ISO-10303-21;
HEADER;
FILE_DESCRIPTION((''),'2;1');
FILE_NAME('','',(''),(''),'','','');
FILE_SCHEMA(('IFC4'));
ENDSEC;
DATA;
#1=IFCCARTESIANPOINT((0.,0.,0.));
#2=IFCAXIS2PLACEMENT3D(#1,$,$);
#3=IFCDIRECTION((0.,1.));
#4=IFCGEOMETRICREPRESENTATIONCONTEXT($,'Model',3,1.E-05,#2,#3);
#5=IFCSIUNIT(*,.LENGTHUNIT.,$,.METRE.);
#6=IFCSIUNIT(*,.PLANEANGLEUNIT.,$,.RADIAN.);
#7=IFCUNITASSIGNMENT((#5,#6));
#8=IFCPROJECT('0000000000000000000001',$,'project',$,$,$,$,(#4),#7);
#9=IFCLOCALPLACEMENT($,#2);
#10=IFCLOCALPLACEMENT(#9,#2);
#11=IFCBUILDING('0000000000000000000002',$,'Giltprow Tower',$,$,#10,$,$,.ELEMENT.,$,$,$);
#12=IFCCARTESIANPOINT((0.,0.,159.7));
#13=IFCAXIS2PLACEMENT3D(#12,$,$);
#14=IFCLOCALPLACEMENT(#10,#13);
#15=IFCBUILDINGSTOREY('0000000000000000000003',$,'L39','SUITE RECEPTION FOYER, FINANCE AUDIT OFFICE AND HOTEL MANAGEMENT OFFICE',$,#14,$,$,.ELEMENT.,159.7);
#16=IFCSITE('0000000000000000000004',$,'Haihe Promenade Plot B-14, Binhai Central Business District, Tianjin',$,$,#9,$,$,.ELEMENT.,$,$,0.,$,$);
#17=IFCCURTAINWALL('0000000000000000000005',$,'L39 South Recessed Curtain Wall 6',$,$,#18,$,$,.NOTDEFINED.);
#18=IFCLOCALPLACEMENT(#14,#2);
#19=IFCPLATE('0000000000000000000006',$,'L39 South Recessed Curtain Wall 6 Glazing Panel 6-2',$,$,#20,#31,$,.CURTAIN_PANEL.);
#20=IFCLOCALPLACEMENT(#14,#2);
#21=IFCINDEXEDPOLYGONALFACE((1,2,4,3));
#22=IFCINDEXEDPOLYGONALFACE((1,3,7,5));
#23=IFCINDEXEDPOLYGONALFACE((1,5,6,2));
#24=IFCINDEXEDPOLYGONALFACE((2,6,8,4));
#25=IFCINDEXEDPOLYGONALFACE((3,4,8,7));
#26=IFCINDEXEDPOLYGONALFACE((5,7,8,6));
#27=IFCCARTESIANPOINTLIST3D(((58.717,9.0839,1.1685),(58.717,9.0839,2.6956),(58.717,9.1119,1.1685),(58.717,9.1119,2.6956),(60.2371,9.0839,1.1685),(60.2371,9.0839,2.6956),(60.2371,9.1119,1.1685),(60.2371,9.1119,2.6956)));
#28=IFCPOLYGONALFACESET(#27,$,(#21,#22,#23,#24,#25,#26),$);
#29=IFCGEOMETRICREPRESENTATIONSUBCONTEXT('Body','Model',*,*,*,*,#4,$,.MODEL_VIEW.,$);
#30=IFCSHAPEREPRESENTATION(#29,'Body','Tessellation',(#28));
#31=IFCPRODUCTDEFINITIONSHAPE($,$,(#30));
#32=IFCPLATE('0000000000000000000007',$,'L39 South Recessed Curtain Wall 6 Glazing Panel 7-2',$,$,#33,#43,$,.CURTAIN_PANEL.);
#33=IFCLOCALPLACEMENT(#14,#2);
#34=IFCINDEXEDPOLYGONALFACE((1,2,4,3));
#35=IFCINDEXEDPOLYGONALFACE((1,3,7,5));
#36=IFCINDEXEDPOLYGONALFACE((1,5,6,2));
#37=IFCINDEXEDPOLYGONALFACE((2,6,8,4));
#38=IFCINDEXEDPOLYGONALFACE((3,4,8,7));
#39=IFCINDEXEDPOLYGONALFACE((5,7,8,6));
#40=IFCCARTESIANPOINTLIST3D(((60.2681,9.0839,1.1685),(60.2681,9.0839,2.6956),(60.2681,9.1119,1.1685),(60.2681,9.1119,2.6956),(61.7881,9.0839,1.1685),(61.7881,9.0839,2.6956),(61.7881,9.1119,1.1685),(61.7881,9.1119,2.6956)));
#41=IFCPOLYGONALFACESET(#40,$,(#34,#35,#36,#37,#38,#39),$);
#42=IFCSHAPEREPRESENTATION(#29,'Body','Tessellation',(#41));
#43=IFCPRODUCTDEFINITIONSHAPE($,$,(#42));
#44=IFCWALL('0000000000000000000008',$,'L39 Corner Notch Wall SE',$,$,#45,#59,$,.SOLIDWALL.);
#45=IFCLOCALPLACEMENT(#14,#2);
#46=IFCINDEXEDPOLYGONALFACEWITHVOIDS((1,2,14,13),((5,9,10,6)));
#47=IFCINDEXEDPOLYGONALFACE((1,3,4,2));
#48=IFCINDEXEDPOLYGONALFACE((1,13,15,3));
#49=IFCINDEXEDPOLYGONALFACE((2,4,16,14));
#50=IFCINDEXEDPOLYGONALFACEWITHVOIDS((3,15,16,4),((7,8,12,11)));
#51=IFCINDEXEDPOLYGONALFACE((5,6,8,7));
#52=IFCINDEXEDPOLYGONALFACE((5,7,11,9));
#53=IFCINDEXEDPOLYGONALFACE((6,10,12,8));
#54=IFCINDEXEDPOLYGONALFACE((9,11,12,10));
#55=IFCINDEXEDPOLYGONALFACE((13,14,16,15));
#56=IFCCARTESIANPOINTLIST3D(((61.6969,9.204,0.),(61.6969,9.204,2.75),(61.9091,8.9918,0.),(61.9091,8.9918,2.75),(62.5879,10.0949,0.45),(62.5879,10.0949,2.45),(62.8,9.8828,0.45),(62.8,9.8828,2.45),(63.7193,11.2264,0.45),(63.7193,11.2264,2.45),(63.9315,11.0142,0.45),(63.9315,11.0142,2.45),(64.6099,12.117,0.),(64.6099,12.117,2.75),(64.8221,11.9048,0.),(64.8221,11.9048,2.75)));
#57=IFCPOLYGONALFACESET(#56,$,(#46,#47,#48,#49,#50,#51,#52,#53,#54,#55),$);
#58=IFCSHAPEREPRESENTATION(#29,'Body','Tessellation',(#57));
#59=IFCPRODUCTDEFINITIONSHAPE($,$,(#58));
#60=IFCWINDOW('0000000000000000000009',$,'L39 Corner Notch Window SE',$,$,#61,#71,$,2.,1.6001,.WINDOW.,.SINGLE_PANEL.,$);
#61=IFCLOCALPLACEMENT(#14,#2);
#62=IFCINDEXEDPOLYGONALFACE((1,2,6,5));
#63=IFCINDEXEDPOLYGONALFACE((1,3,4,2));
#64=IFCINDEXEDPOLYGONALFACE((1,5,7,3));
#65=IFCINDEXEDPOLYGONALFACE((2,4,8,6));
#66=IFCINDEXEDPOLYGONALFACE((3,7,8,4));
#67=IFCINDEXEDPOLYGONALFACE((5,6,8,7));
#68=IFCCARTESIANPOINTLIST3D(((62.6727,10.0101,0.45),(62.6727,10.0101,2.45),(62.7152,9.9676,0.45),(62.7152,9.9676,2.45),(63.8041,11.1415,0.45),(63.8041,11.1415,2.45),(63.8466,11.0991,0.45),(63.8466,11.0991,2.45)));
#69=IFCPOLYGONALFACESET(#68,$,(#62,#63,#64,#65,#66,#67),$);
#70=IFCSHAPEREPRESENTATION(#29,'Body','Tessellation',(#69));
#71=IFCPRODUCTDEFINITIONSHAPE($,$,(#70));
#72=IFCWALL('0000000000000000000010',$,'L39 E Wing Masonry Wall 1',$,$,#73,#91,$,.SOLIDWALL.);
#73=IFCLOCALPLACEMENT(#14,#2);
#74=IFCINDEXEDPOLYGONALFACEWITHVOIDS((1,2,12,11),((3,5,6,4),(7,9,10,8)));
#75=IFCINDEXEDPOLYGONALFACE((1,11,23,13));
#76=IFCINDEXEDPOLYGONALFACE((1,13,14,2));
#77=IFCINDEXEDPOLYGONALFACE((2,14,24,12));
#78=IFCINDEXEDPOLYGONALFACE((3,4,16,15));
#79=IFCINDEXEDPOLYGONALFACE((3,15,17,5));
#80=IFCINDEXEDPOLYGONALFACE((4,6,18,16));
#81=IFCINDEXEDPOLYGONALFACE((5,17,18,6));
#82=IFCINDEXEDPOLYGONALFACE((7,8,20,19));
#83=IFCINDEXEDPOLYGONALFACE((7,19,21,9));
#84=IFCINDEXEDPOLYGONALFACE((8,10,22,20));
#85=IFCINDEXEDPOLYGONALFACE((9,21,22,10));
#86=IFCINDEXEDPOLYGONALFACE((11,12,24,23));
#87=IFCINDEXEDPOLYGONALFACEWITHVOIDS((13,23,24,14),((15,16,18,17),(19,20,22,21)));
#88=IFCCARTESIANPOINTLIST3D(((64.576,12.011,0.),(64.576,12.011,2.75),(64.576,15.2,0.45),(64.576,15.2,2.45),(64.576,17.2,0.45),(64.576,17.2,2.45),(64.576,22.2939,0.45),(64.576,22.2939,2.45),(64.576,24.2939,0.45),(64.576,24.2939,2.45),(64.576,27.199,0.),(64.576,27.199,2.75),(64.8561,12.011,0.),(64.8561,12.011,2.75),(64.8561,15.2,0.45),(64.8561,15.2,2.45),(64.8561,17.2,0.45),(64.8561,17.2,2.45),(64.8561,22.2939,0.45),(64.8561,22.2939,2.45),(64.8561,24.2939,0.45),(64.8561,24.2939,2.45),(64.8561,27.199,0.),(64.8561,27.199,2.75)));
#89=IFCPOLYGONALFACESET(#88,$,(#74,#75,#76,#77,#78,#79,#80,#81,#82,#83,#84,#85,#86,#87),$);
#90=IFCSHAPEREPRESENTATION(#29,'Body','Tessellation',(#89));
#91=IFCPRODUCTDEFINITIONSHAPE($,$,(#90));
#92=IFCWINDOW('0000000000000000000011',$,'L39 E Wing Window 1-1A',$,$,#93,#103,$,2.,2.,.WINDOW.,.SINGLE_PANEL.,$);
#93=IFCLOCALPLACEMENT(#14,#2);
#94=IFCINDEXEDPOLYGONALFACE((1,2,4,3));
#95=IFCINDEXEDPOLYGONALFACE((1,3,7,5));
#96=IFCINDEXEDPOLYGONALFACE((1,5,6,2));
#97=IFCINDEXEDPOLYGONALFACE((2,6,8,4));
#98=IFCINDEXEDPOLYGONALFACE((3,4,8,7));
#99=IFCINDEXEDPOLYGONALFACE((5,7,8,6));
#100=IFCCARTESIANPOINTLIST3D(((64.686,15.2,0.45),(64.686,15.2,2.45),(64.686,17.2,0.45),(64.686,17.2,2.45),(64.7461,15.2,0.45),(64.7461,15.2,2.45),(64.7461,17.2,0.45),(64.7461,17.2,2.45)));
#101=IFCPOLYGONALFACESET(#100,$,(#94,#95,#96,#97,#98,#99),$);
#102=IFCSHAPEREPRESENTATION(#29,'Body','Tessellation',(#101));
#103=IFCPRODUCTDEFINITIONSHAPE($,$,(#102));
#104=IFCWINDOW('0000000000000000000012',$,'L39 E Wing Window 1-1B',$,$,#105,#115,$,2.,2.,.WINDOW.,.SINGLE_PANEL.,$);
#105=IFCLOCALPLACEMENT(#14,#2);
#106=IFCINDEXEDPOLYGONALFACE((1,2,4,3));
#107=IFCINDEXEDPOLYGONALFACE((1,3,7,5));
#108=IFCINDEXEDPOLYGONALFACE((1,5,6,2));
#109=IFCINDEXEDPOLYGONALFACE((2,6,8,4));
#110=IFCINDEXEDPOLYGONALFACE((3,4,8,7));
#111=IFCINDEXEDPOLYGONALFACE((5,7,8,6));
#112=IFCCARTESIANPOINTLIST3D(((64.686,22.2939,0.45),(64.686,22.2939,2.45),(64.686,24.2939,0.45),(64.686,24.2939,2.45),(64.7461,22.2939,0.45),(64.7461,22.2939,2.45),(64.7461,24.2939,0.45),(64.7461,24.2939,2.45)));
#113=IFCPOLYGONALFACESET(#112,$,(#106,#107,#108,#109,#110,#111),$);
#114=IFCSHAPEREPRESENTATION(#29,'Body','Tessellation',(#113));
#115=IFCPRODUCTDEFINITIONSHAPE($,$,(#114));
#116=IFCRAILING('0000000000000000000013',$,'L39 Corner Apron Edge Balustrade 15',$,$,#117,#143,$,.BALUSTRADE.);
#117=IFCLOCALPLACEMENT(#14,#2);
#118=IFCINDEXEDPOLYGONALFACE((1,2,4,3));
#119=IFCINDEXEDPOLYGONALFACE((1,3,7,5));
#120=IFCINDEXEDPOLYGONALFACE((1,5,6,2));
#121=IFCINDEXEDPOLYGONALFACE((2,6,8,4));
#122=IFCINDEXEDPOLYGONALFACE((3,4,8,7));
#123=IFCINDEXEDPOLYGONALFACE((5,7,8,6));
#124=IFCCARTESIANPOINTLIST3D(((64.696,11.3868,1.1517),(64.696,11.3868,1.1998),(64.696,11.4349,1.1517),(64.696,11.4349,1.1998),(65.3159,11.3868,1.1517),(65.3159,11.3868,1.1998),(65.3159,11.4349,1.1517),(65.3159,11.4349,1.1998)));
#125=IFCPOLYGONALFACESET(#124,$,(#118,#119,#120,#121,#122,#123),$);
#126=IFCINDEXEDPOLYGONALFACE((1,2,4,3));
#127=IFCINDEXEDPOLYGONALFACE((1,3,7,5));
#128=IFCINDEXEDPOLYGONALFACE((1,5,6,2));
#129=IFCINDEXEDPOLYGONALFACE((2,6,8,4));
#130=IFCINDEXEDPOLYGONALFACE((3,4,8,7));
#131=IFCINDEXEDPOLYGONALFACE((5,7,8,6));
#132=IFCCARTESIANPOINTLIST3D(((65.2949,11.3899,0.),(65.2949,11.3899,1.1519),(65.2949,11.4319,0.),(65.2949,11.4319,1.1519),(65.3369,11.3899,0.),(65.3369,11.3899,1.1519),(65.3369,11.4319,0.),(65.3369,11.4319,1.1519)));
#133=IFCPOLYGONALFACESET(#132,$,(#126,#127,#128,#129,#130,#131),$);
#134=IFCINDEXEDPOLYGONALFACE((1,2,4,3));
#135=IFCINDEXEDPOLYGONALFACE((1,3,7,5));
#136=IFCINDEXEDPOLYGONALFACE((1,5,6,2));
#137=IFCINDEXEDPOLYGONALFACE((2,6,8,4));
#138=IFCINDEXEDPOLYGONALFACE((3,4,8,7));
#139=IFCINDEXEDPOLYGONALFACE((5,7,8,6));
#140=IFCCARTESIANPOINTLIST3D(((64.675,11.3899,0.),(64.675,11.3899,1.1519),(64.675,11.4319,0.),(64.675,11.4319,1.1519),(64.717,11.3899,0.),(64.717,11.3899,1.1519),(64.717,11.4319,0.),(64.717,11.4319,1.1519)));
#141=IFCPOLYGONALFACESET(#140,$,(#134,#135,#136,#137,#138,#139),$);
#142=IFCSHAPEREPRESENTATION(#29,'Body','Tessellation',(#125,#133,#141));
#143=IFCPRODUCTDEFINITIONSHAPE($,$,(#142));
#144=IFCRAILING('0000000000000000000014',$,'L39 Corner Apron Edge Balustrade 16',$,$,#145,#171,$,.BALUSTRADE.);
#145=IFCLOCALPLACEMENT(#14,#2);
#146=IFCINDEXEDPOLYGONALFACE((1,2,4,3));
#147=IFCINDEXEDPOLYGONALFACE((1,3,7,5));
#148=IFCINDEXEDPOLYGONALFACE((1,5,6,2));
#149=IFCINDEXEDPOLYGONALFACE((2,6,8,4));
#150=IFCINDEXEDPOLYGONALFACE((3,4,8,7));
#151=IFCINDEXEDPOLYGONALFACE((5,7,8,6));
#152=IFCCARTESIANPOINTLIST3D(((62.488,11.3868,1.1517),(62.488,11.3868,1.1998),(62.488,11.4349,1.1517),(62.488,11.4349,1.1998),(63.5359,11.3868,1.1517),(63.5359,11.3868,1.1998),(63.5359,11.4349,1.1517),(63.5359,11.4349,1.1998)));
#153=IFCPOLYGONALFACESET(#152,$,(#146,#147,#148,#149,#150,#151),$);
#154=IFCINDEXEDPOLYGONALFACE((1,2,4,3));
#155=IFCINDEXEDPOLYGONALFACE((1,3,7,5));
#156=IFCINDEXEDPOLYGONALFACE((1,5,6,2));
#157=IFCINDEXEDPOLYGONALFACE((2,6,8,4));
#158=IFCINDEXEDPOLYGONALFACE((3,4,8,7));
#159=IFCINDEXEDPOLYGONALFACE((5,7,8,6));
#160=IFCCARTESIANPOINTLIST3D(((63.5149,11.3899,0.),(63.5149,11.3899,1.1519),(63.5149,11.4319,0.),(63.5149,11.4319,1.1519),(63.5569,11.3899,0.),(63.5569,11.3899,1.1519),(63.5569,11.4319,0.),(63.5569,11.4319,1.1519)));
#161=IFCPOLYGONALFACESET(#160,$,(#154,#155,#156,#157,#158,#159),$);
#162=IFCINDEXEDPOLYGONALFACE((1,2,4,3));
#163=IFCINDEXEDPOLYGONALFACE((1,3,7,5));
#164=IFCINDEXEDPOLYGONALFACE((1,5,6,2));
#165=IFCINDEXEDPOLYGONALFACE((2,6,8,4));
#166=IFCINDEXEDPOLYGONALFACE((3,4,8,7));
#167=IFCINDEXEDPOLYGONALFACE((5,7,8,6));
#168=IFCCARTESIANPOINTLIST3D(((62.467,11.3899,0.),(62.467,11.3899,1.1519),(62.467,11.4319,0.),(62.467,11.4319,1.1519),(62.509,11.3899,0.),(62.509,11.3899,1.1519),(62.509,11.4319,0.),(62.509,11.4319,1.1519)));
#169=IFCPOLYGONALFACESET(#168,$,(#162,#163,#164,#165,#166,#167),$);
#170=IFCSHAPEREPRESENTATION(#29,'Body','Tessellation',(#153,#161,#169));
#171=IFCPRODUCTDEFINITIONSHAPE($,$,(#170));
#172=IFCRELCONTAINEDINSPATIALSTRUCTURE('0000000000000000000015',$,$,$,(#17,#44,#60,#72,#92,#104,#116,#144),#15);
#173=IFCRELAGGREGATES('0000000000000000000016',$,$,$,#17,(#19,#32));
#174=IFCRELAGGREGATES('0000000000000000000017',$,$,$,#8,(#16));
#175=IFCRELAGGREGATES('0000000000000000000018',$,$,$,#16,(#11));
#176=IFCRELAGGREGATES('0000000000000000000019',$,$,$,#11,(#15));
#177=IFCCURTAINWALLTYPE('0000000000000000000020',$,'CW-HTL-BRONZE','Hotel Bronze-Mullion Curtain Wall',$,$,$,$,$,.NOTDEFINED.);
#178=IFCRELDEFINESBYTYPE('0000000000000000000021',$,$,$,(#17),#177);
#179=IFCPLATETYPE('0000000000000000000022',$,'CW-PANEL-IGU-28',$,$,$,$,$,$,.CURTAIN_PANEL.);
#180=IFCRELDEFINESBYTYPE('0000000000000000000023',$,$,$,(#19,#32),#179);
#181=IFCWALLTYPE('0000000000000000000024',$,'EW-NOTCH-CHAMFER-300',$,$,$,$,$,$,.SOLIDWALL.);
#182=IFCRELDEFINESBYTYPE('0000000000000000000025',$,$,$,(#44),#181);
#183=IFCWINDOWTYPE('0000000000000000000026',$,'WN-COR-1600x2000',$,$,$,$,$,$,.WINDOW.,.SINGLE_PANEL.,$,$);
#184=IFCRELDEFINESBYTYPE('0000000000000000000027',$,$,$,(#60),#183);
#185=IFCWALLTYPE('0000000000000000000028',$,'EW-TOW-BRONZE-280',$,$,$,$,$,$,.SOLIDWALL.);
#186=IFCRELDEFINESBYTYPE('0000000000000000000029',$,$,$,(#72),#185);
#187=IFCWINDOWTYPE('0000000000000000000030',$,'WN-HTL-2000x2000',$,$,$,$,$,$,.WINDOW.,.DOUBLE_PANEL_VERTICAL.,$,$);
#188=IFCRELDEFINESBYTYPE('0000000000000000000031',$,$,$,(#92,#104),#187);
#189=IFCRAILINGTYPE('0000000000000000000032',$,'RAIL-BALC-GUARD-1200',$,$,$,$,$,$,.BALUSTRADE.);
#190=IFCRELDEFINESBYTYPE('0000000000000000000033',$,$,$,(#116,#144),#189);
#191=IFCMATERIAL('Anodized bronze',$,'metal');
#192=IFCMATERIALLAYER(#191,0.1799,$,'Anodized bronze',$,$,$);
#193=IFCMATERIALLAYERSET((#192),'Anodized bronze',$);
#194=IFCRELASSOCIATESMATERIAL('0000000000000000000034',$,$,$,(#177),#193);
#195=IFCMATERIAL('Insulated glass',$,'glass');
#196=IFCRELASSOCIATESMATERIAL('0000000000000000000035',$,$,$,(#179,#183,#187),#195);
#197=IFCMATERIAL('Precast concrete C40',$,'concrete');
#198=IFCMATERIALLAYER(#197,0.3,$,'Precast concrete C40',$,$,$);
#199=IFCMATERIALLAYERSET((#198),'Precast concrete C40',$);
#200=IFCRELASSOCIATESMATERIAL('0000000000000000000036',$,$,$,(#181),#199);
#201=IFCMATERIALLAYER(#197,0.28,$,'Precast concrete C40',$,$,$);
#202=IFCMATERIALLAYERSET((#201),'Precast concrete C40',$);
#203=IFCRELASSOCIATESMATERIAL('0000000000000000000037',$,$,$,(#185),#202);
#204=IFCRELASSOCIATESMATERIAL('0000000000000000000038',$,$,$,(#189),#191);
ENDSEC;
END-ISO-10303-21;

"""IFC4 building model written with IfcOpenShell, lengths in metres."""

from ifc_helpers import new_model, si_unit, direction, frame, frame_2d, origin, origin_2d, place, context, subcontext, project, spatial, rectangle, extrude, source, transform, mapped, material, layer, layer_set, type_object, element, fill, aggregate, save


model = new_model("IFC4")

# Units and contexts
model_context = context("Model", 3, precision=1e-05, world=origin(), true_north=direction((0.0, 1.0)))
body_context = subcontext(model_context, "Body", "Model", "MODEL_VIEW")
ifc_project = project(units=[si_unit("LENGTHUNIT", "METRE"), si_unit("PLANEANGLEUNIT", "RADIAN")], contexts=[model_context])

# Site, building, storey
site_placement = place(None, origin())
site = spatial("IfcSite", under=ifc_project, at=site_placement, Name="Haihe Promenade Plot B-14, Binhai Central Business District, Tianjin", CompositionType="ELEMENT", RefElevation=0.0)
building_placement = place(site_placement, origin())
building = spatial("IfcBuilding", under=site, at=building_placement, Name="Giltprow Tower", CompositionType="ELEMENT")
storey_placement = place(building_placement, frame((0.0, 0.0, 159.7)))
storey = spatial("IfcBuildingStorey", under=building, at=storey_placement, Name="L39", Description="SUITE RECEPTION FOYER, FINANCE AUDIT OFFICE AND HOTEL MANAGEMENT OFFICE", CompositionType="ELEMENT", Elevation=159.7)

# Curtain wall, plates
ifc_material_1 = material(Name="Anodized bronze", Category="metal")
ifc_layer_1 = layer(ifc_material_1, 0.1799, Name="Anodized bronze")
ifc_layer_set_1 = layer_set([ifc_layer_1], Name="Anodized bronze")
curtain_wall_type = type_object("IfcCurtainWallType", Name="CW-HTL-BRONZE", Description="Hotel Bronze-Mullion Curtain Wall", PredefinedType="NOTDEFINED", material=ifc_layer_set_1)
curtain_wall_placement = place(storey_placement, origin())
curtain_wall = element("IfcCurtainWall", 1, at=curtain_wall_placement, inside=storey, type_object=curtain_wall_type, Name="L39 South Recessed Curtain Wall 6", PredefinedType="NOTDEFINED")
ifc_material_2 = material(Name="Insulated glass", Category="glass")
plate_type = type_object("IfcPlateType", Name="CW-PANEL-IGU-28", PredefinedType="CURTAIN_PANEL", material=ifc_material_2)
shared_shape_1 = source(origin(), body_context, "Body", "SweptSolid", [
    extrude(rectangle(XDim=1.52, YDim=0.0281, at=origin_2d()), origin(), (0.0, 0.0, 1.0), 1.5271),
])
plate_1_placement = place(storey_placement, frame((59.4771, 9.0979, 1.1685), z_axis=(0.0, 0.0, 1.0), x_axis=(1.0, 0.0, 0.0)))
plate_1 = element("IfcPlate", 2, at=plate_1_placement, type_object=plate_type, Name="L39 South Recessed Curtain Wall 6 Glazing Panel 6-2", PredefinedType="CURTAIN_PANEL", context=body_context, shape_type="MappedRepresentation", body=[
    mapped(shared_shape_1, transform((0.0, 0.0, 0.0), x_axis=(1.0, 0.0, 0.0), y_axis=(0.0, 1.0, 0.0), z_axis=(0.0, 0.0, 1.0), scale=1.0)),
])
plate_2_placement = place(storey_placement, frame((61.0281, 9.0979, 1.1685), z_axis=(0.0, 0.0, 1.0), x_axis=(1.0, 0.0, 0.0)))
plate_2 = element("IfcPlate", 3, at=plate_2_placement, type_object=plate_type, Name="L39 South Recessed Curtain Wall 6 Glazing Panel 7-2", PredefinedType="CURTAIN_PANEL", context=body_context, shape_type="MappedRepresentation", body=[
    mapped(shared_shape_1, transform((0.0, 0.0, 0.0), x_axis=(1.0, 0.0, 0.0), y_axis=(0.0, 1.0, 0.0), z_axis=(0.0, 0.0, 1.0), scale=1.0)),
])
aggregate(curtain_wall, [plate_1, plate_2])

# Wall, opening, window
ifc_material_3 = material(Name="Precast concrete C40", Category="concrete")
ifc_layer_2 = layer(ifc_material_3, 0.3, Name="Precast concrete C40")
ifc_layer_set_2 = layer_set([ifc_layer_2], Name="Precast concrete C40")
wall_type_1 = type_object("IfcWallType", Name="EW-NOTCH-CHAMFER-300", PredefinedType="SOLIDWALL", material=ifc_layer_set_2)
wall_1_placement = place(storey_placement, frame((61.803, 9.0979, 0.0), z_axis=(0.0, 0.0, 1.0), x_axis=(0.707107, 0.707107, 0.0)))
wall_1 = element("IfcWall", 4, at=wall_1_placement, inside=storey, type_object=wall_type_1, Name="L39 Corner Notch Wall SE", PredefinedType="SOLIDWALL", context=body_context, shape_type="SweptSolid", body=[
    extrude(rectangle(XDim=4.1196, YDim=0.3, at=frame_2d((2.0598, 0.0))), origin(), (0.0, 0.0, 1.0), 2.75),
])
opening_1_placement = place(wall_1_placement, frame((1.26, 0.0, 0.45)))
opening_1 = element("IfcOpeningElement", 5, at=opening_1_placement, cuts=wall_1, PredefinedType="OPENING", context=body_context, shape_type="SweptSolid", body=[
    extrude(rectangle(XDim=1.6001, YDim=2.0, at=frame_2d((0.8, 1.0))), frame((0.0, 0.1599, 0.0), z_axis=(0.0, -1.0, 0.0), x_axis=(1.0, 0.0, 0.0)), (0.0, 0.0, 1.0), 0.3201),
])
window_type_1 = type_object("IfcWindowType", Name="WN-COR-1600x2000", PartitioningType="SINGLE_PANEL", PredefinedType="WINDOW", material=ifc_material_2)
shared_shape_2 = source(origin(), body_context, "Body", "SweptSolid", [
    extrude(rectangle(XDim=1.6001, YDim=2.0, at=frame_2d((0.8, 1.0))), frame((0.0, 0.03, 0.0), z_axis=(0.0, -1.0, 0.0), x_axis=(1.0, 0.0, 0.0)), (0.0, 0.0, 1.0), 0.0601),
])
window_1_placement = place(opening_1_placement, origin())
window_1 = element("IfcWindow", 6, at=window_1_placement, inside=storey, type_object=window_type_1, Name="L39 Corner Notch Window SE", OverallHeight=2.0, OverallWidth=1.6001, PartitioningType="SINGLE_PANEL", PredefinedType="WINDOW", context=body_context, shape_type="MappedRepresentation", body=[
    mapped(shared_shape_2, transform((0.0, 0.0, 0.0), x_axis=(1.0, 0.0, 0.0), y_axis=(0.0, 1.0, 0.0), z_axis=(0.0, 0.0, 1.0), scale=1.0)),
])
fill(opening_1, window_1)

# Wall, openings, windows
ifc_layer_3 = layer(ifc_material_3, 0.28, Name="Precast concrete C40")
ifc_layer_set_3 = layer_set([ifc_layer_3], Name="Precast concrete C40")
wall_type_2 = type_object("IfcWallType", Name="EW-TOW-BRONZE-280", PredefinedType="SOLIDWALL", material=ifc_layer_set_3)
wall_2_placement = place(storey_placement, frame((64.7161, 12.011, 0.0), z_axis=(0.0, 0.0, 1.0), x_axis=(0.0, 1.0, 0.0)))
wall_2 = element("IfcWall", 7, at=wall_2_placement, inside=storey, type_object=wall_type_2, Name="L39 E Wing Masonry Wall 1", PredefinedType="SOLIDWALL", context=body_context, shape_type="SweptSolid", body=[
    extrude(rectangle(XDim=15.188, YDim=0.28, at=frame_2d((7.594, 0.0))), origin(), (0.0, 0.0, 1.0), 2.75),
])
opening_2_placement = place(wall_2_placement, frame((3.189, 0.0, 0.45)))
opening_2 = element("IfcOpeningElement", 8, at=opening_2_placement, cuts=wall_2, PredefinedType="OPENING", context=body_context, shape_type="SweptSolid", body=[
    extrude(rectangle(XDim=2.0, YDim=2.0, at=frame_2d((1.0, 1.0))), frame((0.0, 0.1499, 0.0), z_axis=(0.0, -1.0, 0.0), x_axis=(1.0, 0.0, 0.0)), (0.0, 0.0, 1.0), 0.3),
])
opening_3_placement = place(wall_2_placement, frame((10.283, 0.0, 0.45)))
opening_3 = element("IfcOpeningElement", 9, at=opening_3_placement, cuts=wall_2, PredefinedType="OPENING", context=body_context, shape_type="SweptSolid", body=[
    extrude(rectangle(XDim=2.0, YDim=2.0, at=frame_2d((1.0, 1.0))), frame((0.0, 0.1499, 0.0), z_axis=(0.0, -1.0, 0.0), x_axis=(1.0, 0.0, 0.0)), (0.0, 0.0, 1.0), 0.3),
])
window_type_2 = type_object("IfcWindowType", Name="WN-HTL-2000x2000", PartitioningType="DOUBLE_PANEL_VERTICAL", PredefinedType="WINDOW", material=ifc_material_2)
shared_shape_3 = source(origin(), body_context, "Body", "SweptSolid", [
    extrude(rectangle(XDim=2.0, YDim=2.0, at=frame_2d((1.0, 1.0))), frame((0.0, 0.03, 0.0), z_axis=(0.0, -1.0, 0.0), x_axis=(1.0, 0.0, 0.0)), (0.0, 0.0, 1.0), 0.0601),
])
window_2_placement = place(opening_2_placement, origin())
window_2 = element("IfcWindow", 10, at=window_2_placement, inside=storey, type_object=window_type_2, Name="L39 E Wing Window 1-1A", OverallHeight=2.0, OverallWidth=2.0, PartitioningType="SINGLE_PANEL", PredefinedType="WINDOW", context=body_context, shape_type="MappedRepresentation", body=[
    mapped(shared_shape_3, transform((0.0, 0.0, 0.0), x_axis=(1.0, 0.0, 0.0), y_axis=(0.0, 1.0, 0.0), z_axis=(0.0, 0.0, 1.0), scale=1.0)),
])
fill(opening_2, window_2)
window_3_placement = place(opening_3_placement, origin())
window_3 = element("IfcWindow", 11, at=window_3_placement, inside=storey, type_object=window_type_2, Name="L39 E Wing Window 1-1B", OverallHeight=2.0, OverallWidth=2.0, PartitioningType="SINGLE_PANEL", PredefinedType="WINDOW", context=body_context, shape_type="MappedRepresentation", body=[
    mapped(shared_shape_3, transform((0.0, 0.0, 0.0), x_axis=(1.0, 0.0, 0.0), y_axis=(0.0, 1.0, 0.0), z_axis=(0.0, 0.0, 1.0), scale=1.0)),
])
fill(opening_3, window_3)

# Railings
railing_type = type_object("IfcRailingType", Name="RAIL-BALC-GUARD-1200", PredefinedType="BALUSTRADE", material=ifc_material_1)
railing_1_placement = place(storey_placement, frame((65.3159, 11.4109, 0.0)))
element("IfcRailing", 12, at=railing_1_placement, inside=storey, type_object=railing_type, Name="L39 Corner Apron Edge Balustrade 15", PredefinedType="BALUSTRADE", context=body_context, shape_type="SweptSolid", body=[
    extrude(rectangle(XDim=0.0481, YDim=0.0481, at=origin_2d()), frame((0.0, 0.0, 1.1758), z_axis=(-1.0, 0.0, 0.0), x_axis=(0.0, -1.0, 0.0)), (0.0, 0.0, 1.0), 0.6199),
    extrude(rectangle(XDim=0.042, YDim=0.042, at=origin_2d()), origin(), (0.0, 0.0, 1.0), 1.1519),
    extrude(rectangle(XDim=0.042, YDim=0.042, at=origin_2d()), frame((-0.6199, 0.0, 0.0)), (0.0, 0.0, 1.0), 1.1519),
])
railing_2_placement = place(storey_placement, frame((63.5359, 11.4109, 0.0)))
element("IfcRailing", 13, at=railing_2_placement, inside=storey, type_object=railing_type, Name="L39 Corner Apron Edge Balustrade 16", PredefinedType="BALUSTRADE", context=body_context, shape_type="SweptSolid", body=[
    extrude(rectangle(XDim=0.0481, YDim=0.0481, at=origin_2d()), frame((0.0, 0.0, 1.1758), z_axis=(-1.0, 0.0, 0.0), x_axis=(0.0, -1.0, 0.0)), (0.0, 0.0, 1.0), 1.0479),
    extrude(rectangle(XDim=0.042, YDim=0.042, at=origin_2d()), origin(), (0.0, 0.0, 1.0), 1.1519),
    extrude(rectangle(XDim=0.042, YDim=0.042, at=origin_2d()), frame((-1.0479, 0.0, 0.0)), (0.0, 0.0, 1.0), 1.1519),
])

save(model, "model.ifc")
